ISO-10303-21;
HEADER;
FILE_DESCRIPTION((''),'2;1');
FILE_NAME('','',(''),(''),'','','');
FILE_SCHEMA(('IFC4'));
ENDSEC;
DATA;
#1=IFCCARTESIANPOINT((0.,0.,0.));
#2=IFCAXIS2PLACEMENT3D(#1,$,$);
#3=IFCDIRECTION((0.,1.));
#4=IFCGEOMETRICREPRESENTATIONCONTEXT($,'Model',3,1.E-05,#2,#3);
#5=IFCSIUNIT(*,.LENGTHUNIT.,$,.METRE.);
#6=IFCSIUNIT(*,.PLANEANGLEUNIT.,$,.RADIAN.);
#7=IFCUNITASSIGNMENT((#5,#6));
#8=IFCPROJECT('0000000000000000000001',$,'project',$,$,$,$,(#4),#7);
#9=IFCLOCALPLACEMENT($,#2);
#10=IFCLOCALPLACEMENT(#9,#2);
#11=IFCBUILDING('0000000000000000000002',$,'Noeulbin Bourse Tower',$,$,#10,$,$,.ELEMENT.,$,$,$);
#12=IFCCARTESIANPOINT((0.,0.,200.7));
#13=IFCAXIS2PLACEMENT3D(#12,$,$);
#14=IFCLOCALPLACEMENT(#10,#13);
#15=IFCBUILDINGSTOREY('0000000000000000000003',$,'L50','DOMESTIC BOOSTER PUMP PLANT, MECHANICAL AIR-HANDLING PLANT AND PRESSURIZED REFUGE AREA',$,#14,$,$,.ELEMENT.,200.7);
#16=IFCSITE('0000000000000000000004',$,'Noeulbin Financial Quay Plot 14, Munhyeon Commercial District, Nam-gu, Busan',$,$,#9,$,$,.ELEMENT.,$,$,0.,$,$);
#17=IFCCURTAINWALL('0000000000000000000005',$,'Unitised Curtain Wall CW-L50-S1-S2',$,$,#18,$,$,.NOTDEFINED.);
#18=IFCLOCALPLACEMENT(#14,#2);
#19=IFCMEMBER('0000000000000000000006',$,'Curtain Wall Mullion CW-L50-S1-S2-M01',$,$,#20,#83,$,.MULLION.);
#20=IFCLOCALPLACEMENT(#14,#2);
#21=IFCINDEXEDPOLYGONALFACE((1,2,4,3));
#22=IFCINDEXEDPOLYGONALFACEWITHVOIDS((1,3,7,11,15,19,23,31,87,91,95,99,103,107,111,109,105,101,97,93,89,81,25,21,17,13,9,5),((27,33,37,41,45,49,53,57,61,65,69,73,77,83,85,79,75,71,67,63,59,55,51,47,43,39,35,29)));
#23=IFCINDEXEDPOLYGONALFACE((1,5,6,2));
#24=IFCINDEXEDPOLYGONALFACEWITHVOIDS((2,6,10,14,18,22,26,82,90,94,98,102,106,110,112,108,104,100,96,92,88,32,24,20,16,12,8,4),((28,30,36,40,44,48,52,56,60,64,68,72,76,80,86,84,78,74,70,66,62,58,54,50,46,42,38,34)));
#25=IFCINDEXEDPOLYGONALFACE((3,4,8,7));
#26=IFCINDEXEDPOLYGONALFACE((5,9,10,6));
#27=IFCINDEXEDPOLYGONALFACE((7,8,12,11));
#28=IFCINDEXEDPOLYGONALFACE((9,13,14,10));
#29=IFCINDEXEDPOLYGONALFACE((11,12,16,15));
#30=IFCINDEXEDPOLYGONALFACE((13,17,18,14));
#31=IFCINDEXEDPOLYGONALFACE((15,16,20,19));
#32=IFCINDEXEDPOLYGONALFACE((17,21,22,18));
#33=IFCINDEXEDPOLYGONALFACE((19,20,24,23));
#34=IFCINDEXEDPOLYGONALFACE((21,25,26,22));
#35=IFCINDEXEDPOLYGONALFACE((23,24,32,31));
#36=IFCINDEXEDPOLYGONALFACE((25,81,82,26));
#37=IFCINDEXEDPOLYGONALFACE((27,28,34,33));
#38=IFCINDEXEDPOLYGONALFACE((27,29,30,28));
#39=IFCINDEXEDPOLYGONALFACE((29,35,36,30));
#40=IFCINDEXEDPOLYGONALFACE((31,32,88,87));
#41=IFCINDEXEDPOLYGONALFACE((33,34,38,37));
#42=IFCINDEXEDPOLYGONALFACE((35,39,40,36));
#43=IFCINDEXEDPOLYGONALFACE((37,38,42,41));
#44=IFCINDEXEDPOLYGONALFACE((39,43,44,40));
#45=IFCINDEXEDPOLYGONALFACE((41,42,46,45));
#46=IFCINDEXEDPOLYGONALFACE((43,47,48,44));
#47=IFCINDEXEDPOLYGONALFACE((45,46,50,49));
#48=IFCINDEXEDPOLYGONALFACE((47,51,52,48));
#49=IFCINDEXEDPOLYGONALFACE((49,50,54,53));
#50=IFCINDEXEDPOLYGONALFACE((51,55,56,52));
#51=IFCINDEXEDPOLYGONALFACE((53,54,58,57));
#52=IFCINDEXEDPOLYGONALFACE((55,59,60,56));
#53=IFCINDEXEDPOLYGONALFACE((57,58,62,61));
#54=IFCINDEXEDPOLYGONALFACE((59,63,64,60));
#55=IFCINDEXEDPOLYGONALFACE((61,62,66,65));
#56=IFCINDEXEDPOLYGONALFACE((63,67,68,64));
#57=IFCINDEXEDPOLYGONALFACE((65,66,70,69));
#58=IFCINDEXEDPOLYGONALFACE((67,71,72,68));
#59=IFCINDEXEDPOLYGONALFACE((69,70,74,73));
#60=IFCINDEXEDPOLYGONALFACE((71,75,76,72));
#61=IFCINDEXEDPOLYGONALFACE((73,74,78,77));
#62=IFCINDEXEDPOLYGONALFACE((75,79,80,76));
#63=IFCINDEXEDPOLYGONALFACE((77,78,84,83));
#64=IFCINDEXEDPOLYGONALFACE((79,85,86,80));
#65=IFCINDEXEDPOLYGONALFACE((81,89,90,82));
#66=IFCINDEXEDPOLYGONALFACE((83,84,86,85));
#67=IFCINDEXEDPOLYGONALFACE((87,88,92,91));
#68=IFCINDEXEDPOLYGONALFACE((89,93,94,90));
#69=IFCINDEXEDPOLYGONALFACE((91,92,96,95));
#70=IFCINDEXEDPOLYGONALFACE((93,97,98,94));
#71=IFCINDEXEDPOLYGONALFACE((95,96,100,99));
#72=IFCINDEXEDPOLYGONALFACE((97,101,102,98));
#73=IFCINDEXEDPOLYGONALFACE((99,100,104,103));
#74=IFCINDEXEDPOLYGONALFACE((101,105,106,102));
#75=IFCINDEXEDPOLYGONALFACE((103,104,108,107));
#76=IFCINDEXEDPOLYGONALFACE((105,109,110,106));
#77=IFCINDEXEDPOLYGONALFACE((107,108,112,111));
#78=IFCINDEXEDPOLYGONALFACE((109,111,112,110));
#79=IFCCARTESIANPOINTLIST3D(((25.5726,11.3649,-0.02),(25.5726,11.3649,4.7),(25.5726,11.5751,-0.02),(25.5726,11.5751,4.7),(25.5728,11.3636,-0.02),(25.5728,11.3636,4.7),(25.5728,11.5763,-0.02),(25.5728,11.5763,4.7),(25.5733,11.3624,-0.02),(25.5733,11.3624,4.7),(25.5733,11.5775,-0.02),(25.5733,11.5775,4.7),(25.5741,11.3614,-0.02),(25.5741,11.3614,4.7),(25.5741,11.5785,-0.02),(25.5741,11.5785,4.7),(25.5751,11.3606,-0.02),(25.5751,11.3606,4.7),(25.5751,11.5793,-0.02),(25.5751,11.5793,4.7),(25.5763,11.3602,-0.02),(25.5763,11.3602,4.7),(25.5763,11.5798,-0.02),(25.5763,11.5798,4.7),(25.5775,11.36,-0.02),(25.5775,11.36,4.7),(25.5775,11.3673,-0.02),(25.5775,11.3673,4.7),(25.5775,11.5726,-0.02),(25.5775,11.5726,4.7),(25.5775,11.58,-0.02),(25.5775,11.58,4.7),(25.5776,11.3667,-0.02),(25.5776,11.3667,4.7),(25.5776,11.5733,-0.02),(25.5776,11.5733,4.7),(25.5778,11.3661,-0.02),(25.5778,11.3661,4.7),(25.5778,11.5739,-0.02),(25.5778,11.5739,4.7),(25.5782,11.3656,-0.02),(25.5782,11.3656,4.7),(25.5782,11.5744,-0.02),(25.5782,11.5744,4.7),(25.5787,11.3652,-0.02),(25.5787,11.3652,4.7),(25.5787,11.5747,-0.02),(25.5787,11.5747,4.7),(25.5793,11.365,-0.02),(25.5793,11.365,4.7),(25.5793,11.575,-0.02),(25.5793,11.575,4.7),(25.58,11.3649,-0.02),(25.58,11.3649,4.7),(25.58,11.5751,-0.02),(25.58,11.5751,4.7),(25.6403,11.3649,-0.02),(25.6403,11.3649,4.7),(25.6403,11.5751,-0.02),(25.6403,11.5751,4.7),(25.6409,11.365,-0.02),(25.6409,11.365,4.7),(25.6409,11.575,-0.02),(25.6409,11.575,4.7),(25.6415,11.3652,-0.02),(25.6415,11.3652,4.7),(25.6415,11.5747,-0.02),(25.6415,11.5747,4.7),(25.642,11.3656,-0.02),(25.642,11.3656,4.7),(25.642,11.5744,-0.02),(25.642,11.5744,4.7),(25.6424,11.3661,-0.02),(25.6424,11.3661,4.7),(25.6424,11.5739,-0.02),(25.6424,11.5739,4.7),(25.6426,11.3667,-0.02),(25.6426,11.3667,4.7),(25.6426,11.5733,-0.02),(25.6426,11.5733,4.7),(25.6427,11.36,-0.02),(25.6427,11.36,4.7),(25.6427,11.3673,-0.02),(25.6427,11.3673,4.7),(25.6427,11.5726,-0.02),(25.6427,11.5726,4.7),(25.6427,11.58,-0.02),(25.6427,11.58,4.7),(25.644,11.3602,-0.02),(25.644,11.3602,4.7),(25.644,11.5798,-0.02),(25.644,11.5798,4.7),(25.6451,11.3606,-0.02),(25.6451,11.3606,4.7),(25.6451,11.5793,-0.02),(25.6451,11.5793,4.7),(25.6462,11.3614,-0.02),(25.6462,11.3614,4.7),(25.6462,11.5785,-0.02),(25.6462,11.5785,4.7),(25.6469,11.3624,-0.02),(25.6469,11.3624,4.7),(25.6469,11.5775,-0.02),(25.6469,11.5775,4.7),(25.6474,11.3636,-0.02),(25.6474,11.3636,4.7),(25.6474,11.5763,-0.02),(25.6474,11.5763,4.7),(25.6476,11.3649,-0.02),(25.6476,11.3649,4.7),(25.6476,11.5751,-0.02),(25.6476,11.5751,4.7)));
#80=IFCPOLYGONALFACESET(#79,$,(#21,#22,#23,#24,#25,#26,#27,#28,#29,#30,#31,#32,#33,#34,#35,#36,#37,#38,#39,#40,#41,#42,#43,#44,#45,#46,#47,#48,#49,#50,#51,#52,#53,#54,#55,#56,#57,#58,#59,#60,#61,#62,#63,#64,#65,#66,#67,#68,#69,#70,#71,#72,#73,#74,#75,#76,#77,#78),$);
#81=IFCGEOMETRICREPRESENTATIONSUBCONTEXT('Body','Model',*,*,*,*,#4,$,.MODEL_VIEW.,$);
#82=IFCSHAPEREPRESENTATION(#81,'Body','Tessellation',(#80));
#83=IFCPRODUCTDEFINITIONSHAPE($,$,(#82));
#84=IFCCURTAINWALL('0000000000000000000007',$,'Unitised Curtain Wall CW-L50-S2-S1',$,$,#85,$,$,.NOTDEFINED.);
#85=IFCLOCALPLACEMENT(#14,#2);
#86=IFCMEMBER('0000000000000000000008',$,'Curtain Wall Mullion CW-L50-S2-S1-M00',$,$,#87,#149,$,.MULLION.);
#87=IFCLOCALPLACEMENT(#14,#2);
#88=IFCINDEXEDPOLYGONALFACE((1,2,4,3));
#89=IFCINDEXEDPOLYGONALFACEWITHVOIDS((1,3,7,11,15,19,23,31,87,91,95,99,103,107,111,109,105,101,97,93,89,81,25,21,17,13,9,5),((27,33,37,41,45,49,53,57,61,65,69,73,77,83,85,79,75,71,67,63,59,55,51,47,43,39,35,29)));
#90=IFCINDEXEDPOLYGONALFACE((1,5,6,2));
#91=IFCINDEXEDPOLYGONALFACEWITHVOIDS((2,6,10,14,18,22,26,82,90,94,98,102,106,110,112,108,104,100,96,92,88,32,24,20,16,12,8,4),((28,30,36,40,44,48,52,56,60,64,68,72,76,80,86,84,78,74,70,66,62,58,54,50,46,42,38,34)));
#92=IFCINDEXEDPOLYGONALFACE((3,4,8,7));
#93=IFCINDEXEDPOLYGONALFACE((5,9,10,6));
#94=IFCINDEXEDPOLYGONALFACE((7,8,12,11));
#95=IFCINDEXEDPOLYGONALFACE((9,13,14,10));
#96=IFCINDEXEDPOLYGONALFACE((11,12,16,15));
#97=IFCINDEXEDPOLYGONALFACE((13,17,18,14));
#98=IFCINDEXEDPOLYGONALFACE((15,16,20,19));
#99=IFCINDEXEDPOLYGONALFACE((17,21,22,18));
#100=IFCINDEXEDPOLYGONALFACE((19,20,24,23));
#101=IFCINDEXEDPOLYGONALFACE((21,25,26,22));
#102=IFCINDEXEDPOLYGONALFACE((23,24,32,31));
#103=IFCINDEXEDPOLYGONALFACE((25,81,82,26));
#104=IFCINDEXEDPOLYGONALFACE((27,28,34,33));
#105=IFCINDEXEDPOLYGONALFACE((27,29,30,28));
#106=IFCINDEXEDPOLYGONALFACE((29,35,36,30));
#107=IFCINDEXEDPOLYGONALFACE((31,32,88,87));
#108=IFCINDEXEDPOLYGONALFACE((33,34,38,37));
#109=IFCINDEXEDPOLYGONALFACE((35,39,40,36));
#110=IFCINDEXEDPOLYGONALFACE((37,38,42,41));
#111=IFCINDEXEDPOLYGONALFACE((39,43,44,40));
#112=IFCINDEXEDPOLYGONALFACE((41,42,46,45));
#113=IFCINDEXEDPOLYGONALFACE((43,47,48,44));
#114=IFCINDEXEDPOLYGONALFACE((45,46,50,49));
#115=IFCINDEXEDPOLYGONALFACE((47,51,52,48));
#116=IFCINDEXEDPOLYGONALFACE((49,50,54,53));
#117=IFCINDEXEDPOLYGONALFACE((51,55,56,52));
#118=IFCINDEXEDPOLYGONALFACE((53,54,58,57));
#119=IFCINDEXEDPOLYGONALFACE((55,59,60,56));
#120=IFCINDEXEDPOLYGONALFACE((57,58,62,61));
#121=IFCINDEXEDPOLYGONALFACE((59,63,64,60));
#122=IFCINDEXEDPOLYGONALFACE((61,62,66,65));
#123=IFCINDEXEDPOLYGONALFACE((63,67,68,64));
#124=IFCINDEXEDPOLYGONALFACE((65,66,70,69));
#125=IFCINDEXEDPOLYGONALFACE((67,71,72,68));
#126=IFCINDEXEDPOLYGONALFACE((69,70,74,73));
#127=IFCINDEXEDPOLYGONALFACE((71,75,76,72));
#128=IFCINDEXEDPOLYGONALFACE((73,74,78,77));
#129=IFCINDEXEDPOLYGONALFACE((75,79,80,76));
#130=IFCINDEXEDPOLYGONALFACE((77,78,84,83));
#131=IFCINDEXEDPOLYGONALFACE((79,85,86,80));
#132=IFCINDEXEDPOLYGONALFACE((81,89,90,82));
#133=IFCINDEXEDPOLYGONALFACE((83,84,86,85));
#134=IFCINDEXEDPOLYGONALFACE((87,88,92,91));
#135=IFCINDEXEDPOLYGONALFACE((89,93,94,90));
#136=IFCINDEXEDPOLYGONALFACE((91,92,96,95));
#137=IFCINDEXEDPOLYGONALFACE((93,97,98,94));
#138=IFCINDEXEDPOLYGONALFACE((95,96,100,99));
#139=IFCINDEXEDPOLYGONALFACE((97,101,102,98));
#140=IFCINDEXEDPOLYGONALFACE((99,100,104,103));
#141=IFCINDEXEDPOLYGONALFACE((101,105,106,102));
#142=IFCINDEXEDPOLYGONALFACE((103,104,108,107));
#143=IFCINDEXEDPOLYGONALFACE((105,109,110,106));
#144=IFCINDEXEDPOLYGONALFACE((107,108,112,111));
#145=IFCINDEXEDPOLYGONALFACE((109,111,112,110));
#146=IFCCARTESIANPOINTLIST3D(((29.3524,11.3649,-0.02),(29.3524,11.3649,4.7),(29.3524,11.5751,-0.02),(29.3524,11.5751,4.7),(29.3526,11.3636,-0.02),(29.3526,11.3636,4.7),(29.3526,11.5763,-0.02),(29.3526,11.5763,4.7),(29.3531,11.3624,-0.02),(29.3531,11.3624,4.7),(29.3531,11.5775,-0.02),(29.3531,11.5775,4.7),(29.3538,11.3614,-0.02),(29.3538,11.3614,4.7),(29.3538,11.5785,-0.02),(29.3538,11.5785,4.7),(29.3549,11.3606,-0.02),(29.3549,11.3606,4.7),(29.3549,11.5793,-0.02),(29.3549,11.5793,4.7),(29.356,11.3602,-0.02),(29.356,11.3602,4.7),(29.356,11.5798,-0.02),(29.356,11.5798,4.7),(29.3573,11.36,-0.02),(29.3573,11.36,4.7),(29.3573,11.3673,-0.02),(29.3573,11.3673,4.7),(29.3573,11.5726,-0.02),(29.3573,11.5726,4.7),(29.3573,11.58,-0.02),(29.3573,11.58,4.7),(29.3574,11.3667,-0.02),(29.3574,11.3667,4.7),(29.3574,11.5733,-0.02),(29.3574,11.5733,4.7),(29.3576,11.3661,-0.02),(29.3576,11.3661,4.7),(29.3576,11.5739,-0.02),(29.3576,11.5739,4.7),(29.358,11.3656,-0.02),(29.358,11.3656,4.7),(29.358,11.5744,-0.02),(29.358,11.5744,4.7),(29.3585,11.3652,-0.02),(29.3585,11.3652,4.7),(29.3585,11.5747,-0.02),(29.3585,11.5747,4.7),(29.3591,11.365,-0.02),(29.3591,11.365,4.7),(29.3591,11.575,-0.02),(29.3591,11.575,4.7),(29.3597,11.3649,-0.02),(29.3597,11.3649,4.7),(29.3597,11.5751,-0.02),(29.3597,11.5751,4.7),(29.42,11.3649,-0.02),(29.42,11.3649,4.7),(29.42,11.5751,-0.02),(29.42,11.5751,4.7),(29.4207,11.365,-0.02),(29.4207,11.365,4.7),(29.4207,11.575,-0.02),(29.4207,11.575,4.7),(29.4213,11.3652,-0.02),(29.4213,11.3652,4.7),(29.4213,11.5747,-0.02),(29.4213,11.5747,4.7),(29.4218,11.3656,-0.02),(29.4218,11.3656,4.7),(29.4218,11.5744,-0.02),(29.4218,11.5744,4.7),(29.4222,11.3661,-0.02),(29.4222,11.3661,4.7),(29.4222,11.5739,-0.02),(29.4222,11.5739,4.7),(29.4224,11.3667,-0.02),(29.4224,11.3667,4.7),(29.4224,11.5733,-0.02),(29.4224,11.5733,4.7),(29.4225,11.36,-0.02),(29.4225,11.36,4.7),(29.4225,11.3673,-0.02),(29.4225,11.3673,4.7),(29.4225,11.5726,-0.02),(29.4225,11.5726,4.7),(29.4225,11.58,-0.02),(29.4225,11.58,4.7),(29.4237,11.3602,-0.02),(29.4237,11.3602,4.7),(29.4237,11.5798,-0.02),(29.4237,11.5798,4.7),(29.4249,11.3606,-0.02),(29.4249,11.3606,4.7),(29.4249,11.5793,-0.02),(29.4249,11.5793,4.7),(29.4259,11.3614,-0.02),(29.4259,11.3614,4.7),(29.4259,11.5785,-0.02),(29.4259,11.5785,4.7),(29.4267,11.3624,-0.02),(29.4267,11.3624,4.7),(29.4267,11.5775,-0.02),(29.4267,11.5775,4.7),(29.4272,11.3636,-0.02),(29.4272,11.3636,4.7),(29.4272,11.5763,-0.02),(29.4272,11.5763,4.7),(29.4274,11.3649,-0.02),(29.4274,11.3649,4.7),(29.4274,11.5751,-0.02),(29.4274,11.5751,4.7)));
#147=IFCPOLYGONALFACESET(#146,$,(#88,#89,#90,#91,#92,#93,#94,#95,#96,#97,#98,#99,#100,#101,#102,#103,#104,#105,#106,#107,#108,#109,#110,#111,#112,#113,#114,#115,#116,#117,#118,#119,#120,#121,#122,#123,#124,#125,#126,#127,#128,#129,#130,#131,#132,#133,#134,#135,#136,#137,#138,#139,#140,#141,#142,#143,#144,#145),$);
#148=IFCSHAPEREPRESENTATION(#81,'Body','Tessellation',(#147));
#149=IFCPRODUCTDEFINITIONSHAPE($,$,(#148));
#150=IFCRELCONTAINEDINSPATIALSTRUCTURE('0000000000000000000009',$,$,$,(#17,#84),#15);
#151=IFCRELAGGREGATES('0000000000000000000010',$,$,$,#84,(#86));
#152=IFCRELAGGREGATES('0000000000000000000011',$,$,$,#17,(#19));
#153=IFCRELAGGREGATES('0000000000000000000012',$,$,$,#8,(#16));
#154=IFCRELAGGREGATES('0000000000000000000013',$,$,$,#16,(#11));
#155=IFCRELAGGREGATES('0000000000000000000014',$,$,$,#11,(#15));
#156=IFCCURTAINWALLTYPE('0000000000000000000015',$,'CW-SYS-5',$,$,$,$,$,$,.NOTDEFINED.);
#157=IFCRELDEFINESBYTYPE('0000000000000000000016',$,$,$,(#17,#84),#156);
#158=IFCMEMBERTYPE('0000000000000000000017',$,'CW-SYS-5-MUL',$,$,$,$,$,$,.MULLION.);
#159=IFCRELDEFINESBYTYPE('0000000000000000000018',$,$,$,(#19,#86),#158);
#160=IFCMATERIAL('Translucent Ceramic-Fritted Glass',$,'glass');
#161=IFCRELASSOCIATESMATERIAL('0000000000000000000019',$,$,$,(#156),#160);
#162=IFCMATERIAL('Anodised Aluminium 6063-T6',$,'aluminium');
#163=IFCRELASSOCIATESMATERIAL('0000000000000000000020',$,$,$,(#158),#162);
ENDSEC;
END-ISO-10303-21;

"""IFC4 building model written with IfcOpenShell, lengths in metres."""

from ifc_helpers import new_model, si_unit, direction, frame, origin, origin_2d, place, context, subcontext, project, spatial, hollow_rectangle, extrude, material, material_profile, profile_set, type_object, element, aggregate, save


model = new_model("IFC4")

# Units and contexts
model_context = context("Model", 3, precision=1e-05, world=origin(), true_north=direction((0.0, 1.0)))
body_context = subcontext(model_context, "Body", "Model", "MODEL_VIEW")
ifc_project = project(units=[si_unit("LENGTHUNIT", "METRE"), si_unit("PLANEANGLEUNIT", "RADIAN")], contexts=[model_context])

# Site, building, storey
site_placement = place(None, origin())
site = spatial("IfcSite", under=ifc_project, at=site_placement, Name="Noeulbin Financial Quay Plot 14, Munhyeon Commercial District, Nam-gu, Busan", CompositionType="ELEMENT", RefElevation=0.0)
building_placement = place(site_placement, origin())
building = spatial("IfcBuilding", under=site, at=building_placement, Name="Noeulbin Bourse Tower", CompositionType="ELEMENT")
storey_placement = place(building_placement, frame((0.0, 0.0, 200.7)))
storey = spatial("IfcBuildingStorey", under=building, at=storey_placement, Name="L50", Description="DOMESTIC BOOSTER PUMP PLANT, MECHANICAL AIR-HANDLING PLANT AND PRESSURIZED REFUGE AREA", CompositionType="ELEMENT", Elevation=200.7)

# Shared definitions
ifc_material_1 = material(Name="Translucent Ceramic-Fritted Glass", Category="glass")
curtain_wall_type = type_object("IfcCurtainWallType", Name="CW-SYS-5", PredefinedType="NOTDEFINED", material=ifc_material_1)
ifc_material_2 = material(Name="Anodised Aluminium 6063-T6", Category="aluminium")
ifc_material_profile_1 = material_profile(ifc_material_2, hollow_rectangle(XDim=0.075, YDim=0.22, WallThickness=0.0049, InnerFilletRadius=0.0024, OuterFilletRadius=0.0049, at=origin_2d()), Name="ALU-MULL-75x220x5", Category="LoadBearing")
ifc_profile_set_1 = profile_set([ifc_material_profile_1], Name="Anodised Aluminium 6063-T6")
member_type_1 = type_object("IfcMemberType", Name="CW-SYS-5-MUL", PredefinedType="MULLION", material=ifc_profile_set_1)

# Curtain walls, members
curtain_wall_1_placement = place(storey_placement, origin())
curtain_wall_1 = element("IfcCurtainWall", 1, at=curtain_wall_1_placement, inside=storey, type_object=curtain_wall_type, Name="Unitised Curtain Wall CW-L50-S1-S2", PredefinedType="NOTDEFINED")
member_1_placement = place(storey_placement, frame((25.6101, 11.47, -0.02), z_axis=(0.0, 0.0, 1.0), x_axis=(1.0, 0.0, 0.0)))
member_1 = element("IfcMember", 2, at=member_1_placement, type_object=member_type_1, Name="Curtain Wall Mullion CW-L50-S1-S2-M01", PredefinedType="MULLION", context=body_context, shape_type="SweptSolid", body=[
    extrude(hollow_rectangle(XDim=0.075, YDim=0.22, WallThickness=0.0049, InnerFilletRadius=0.0024, OuterFilletRadius=0.0049, at=origin_2d()), origin(), (0.0, 0.0, 1.0), 4.72),
])
curtain_wall_2_placement = place(storey_placement, origin())
curtain_wall_2 = element("IfcCurtainWall", 3, at=curtain_wall_2_placement, inside=storey, type_object=curtain_wall_type, Name="Unitised Curtain Wall CW-L50-S2-S1", PredefinedType="NOTDEFINED")
member_2_placement = place(storey_placement, frame((29.3899, 11.47, -0.02), z_axis=(0.0, 0.0, 1.0), x_axis=(1.0, 0.0, 0.0)))
member_2 = element("IfcMember", 4, at=member_2_placement, type_object=member_type_1, Name="Curtain Wall Mullion CW-L50-S2-S1-M00", PredefinedType="MULLION", context=body_context, shape_type="SweptSolid", body=[
    extrude(hollow_rectangle(XDim=0.075, YDim=0.22, WallThickness=0.0049, InnerFilletRadius=0.0024, OuterFilletRadius=0.0049, at=origin_2d()), origin(), (0.0, 0.0, 1.0), 4.72),
])

aggregate(curtain_wall_2, [member_2])

aggregate(curtain_wall_1, [member_1])

save(model, "model.ifc")
